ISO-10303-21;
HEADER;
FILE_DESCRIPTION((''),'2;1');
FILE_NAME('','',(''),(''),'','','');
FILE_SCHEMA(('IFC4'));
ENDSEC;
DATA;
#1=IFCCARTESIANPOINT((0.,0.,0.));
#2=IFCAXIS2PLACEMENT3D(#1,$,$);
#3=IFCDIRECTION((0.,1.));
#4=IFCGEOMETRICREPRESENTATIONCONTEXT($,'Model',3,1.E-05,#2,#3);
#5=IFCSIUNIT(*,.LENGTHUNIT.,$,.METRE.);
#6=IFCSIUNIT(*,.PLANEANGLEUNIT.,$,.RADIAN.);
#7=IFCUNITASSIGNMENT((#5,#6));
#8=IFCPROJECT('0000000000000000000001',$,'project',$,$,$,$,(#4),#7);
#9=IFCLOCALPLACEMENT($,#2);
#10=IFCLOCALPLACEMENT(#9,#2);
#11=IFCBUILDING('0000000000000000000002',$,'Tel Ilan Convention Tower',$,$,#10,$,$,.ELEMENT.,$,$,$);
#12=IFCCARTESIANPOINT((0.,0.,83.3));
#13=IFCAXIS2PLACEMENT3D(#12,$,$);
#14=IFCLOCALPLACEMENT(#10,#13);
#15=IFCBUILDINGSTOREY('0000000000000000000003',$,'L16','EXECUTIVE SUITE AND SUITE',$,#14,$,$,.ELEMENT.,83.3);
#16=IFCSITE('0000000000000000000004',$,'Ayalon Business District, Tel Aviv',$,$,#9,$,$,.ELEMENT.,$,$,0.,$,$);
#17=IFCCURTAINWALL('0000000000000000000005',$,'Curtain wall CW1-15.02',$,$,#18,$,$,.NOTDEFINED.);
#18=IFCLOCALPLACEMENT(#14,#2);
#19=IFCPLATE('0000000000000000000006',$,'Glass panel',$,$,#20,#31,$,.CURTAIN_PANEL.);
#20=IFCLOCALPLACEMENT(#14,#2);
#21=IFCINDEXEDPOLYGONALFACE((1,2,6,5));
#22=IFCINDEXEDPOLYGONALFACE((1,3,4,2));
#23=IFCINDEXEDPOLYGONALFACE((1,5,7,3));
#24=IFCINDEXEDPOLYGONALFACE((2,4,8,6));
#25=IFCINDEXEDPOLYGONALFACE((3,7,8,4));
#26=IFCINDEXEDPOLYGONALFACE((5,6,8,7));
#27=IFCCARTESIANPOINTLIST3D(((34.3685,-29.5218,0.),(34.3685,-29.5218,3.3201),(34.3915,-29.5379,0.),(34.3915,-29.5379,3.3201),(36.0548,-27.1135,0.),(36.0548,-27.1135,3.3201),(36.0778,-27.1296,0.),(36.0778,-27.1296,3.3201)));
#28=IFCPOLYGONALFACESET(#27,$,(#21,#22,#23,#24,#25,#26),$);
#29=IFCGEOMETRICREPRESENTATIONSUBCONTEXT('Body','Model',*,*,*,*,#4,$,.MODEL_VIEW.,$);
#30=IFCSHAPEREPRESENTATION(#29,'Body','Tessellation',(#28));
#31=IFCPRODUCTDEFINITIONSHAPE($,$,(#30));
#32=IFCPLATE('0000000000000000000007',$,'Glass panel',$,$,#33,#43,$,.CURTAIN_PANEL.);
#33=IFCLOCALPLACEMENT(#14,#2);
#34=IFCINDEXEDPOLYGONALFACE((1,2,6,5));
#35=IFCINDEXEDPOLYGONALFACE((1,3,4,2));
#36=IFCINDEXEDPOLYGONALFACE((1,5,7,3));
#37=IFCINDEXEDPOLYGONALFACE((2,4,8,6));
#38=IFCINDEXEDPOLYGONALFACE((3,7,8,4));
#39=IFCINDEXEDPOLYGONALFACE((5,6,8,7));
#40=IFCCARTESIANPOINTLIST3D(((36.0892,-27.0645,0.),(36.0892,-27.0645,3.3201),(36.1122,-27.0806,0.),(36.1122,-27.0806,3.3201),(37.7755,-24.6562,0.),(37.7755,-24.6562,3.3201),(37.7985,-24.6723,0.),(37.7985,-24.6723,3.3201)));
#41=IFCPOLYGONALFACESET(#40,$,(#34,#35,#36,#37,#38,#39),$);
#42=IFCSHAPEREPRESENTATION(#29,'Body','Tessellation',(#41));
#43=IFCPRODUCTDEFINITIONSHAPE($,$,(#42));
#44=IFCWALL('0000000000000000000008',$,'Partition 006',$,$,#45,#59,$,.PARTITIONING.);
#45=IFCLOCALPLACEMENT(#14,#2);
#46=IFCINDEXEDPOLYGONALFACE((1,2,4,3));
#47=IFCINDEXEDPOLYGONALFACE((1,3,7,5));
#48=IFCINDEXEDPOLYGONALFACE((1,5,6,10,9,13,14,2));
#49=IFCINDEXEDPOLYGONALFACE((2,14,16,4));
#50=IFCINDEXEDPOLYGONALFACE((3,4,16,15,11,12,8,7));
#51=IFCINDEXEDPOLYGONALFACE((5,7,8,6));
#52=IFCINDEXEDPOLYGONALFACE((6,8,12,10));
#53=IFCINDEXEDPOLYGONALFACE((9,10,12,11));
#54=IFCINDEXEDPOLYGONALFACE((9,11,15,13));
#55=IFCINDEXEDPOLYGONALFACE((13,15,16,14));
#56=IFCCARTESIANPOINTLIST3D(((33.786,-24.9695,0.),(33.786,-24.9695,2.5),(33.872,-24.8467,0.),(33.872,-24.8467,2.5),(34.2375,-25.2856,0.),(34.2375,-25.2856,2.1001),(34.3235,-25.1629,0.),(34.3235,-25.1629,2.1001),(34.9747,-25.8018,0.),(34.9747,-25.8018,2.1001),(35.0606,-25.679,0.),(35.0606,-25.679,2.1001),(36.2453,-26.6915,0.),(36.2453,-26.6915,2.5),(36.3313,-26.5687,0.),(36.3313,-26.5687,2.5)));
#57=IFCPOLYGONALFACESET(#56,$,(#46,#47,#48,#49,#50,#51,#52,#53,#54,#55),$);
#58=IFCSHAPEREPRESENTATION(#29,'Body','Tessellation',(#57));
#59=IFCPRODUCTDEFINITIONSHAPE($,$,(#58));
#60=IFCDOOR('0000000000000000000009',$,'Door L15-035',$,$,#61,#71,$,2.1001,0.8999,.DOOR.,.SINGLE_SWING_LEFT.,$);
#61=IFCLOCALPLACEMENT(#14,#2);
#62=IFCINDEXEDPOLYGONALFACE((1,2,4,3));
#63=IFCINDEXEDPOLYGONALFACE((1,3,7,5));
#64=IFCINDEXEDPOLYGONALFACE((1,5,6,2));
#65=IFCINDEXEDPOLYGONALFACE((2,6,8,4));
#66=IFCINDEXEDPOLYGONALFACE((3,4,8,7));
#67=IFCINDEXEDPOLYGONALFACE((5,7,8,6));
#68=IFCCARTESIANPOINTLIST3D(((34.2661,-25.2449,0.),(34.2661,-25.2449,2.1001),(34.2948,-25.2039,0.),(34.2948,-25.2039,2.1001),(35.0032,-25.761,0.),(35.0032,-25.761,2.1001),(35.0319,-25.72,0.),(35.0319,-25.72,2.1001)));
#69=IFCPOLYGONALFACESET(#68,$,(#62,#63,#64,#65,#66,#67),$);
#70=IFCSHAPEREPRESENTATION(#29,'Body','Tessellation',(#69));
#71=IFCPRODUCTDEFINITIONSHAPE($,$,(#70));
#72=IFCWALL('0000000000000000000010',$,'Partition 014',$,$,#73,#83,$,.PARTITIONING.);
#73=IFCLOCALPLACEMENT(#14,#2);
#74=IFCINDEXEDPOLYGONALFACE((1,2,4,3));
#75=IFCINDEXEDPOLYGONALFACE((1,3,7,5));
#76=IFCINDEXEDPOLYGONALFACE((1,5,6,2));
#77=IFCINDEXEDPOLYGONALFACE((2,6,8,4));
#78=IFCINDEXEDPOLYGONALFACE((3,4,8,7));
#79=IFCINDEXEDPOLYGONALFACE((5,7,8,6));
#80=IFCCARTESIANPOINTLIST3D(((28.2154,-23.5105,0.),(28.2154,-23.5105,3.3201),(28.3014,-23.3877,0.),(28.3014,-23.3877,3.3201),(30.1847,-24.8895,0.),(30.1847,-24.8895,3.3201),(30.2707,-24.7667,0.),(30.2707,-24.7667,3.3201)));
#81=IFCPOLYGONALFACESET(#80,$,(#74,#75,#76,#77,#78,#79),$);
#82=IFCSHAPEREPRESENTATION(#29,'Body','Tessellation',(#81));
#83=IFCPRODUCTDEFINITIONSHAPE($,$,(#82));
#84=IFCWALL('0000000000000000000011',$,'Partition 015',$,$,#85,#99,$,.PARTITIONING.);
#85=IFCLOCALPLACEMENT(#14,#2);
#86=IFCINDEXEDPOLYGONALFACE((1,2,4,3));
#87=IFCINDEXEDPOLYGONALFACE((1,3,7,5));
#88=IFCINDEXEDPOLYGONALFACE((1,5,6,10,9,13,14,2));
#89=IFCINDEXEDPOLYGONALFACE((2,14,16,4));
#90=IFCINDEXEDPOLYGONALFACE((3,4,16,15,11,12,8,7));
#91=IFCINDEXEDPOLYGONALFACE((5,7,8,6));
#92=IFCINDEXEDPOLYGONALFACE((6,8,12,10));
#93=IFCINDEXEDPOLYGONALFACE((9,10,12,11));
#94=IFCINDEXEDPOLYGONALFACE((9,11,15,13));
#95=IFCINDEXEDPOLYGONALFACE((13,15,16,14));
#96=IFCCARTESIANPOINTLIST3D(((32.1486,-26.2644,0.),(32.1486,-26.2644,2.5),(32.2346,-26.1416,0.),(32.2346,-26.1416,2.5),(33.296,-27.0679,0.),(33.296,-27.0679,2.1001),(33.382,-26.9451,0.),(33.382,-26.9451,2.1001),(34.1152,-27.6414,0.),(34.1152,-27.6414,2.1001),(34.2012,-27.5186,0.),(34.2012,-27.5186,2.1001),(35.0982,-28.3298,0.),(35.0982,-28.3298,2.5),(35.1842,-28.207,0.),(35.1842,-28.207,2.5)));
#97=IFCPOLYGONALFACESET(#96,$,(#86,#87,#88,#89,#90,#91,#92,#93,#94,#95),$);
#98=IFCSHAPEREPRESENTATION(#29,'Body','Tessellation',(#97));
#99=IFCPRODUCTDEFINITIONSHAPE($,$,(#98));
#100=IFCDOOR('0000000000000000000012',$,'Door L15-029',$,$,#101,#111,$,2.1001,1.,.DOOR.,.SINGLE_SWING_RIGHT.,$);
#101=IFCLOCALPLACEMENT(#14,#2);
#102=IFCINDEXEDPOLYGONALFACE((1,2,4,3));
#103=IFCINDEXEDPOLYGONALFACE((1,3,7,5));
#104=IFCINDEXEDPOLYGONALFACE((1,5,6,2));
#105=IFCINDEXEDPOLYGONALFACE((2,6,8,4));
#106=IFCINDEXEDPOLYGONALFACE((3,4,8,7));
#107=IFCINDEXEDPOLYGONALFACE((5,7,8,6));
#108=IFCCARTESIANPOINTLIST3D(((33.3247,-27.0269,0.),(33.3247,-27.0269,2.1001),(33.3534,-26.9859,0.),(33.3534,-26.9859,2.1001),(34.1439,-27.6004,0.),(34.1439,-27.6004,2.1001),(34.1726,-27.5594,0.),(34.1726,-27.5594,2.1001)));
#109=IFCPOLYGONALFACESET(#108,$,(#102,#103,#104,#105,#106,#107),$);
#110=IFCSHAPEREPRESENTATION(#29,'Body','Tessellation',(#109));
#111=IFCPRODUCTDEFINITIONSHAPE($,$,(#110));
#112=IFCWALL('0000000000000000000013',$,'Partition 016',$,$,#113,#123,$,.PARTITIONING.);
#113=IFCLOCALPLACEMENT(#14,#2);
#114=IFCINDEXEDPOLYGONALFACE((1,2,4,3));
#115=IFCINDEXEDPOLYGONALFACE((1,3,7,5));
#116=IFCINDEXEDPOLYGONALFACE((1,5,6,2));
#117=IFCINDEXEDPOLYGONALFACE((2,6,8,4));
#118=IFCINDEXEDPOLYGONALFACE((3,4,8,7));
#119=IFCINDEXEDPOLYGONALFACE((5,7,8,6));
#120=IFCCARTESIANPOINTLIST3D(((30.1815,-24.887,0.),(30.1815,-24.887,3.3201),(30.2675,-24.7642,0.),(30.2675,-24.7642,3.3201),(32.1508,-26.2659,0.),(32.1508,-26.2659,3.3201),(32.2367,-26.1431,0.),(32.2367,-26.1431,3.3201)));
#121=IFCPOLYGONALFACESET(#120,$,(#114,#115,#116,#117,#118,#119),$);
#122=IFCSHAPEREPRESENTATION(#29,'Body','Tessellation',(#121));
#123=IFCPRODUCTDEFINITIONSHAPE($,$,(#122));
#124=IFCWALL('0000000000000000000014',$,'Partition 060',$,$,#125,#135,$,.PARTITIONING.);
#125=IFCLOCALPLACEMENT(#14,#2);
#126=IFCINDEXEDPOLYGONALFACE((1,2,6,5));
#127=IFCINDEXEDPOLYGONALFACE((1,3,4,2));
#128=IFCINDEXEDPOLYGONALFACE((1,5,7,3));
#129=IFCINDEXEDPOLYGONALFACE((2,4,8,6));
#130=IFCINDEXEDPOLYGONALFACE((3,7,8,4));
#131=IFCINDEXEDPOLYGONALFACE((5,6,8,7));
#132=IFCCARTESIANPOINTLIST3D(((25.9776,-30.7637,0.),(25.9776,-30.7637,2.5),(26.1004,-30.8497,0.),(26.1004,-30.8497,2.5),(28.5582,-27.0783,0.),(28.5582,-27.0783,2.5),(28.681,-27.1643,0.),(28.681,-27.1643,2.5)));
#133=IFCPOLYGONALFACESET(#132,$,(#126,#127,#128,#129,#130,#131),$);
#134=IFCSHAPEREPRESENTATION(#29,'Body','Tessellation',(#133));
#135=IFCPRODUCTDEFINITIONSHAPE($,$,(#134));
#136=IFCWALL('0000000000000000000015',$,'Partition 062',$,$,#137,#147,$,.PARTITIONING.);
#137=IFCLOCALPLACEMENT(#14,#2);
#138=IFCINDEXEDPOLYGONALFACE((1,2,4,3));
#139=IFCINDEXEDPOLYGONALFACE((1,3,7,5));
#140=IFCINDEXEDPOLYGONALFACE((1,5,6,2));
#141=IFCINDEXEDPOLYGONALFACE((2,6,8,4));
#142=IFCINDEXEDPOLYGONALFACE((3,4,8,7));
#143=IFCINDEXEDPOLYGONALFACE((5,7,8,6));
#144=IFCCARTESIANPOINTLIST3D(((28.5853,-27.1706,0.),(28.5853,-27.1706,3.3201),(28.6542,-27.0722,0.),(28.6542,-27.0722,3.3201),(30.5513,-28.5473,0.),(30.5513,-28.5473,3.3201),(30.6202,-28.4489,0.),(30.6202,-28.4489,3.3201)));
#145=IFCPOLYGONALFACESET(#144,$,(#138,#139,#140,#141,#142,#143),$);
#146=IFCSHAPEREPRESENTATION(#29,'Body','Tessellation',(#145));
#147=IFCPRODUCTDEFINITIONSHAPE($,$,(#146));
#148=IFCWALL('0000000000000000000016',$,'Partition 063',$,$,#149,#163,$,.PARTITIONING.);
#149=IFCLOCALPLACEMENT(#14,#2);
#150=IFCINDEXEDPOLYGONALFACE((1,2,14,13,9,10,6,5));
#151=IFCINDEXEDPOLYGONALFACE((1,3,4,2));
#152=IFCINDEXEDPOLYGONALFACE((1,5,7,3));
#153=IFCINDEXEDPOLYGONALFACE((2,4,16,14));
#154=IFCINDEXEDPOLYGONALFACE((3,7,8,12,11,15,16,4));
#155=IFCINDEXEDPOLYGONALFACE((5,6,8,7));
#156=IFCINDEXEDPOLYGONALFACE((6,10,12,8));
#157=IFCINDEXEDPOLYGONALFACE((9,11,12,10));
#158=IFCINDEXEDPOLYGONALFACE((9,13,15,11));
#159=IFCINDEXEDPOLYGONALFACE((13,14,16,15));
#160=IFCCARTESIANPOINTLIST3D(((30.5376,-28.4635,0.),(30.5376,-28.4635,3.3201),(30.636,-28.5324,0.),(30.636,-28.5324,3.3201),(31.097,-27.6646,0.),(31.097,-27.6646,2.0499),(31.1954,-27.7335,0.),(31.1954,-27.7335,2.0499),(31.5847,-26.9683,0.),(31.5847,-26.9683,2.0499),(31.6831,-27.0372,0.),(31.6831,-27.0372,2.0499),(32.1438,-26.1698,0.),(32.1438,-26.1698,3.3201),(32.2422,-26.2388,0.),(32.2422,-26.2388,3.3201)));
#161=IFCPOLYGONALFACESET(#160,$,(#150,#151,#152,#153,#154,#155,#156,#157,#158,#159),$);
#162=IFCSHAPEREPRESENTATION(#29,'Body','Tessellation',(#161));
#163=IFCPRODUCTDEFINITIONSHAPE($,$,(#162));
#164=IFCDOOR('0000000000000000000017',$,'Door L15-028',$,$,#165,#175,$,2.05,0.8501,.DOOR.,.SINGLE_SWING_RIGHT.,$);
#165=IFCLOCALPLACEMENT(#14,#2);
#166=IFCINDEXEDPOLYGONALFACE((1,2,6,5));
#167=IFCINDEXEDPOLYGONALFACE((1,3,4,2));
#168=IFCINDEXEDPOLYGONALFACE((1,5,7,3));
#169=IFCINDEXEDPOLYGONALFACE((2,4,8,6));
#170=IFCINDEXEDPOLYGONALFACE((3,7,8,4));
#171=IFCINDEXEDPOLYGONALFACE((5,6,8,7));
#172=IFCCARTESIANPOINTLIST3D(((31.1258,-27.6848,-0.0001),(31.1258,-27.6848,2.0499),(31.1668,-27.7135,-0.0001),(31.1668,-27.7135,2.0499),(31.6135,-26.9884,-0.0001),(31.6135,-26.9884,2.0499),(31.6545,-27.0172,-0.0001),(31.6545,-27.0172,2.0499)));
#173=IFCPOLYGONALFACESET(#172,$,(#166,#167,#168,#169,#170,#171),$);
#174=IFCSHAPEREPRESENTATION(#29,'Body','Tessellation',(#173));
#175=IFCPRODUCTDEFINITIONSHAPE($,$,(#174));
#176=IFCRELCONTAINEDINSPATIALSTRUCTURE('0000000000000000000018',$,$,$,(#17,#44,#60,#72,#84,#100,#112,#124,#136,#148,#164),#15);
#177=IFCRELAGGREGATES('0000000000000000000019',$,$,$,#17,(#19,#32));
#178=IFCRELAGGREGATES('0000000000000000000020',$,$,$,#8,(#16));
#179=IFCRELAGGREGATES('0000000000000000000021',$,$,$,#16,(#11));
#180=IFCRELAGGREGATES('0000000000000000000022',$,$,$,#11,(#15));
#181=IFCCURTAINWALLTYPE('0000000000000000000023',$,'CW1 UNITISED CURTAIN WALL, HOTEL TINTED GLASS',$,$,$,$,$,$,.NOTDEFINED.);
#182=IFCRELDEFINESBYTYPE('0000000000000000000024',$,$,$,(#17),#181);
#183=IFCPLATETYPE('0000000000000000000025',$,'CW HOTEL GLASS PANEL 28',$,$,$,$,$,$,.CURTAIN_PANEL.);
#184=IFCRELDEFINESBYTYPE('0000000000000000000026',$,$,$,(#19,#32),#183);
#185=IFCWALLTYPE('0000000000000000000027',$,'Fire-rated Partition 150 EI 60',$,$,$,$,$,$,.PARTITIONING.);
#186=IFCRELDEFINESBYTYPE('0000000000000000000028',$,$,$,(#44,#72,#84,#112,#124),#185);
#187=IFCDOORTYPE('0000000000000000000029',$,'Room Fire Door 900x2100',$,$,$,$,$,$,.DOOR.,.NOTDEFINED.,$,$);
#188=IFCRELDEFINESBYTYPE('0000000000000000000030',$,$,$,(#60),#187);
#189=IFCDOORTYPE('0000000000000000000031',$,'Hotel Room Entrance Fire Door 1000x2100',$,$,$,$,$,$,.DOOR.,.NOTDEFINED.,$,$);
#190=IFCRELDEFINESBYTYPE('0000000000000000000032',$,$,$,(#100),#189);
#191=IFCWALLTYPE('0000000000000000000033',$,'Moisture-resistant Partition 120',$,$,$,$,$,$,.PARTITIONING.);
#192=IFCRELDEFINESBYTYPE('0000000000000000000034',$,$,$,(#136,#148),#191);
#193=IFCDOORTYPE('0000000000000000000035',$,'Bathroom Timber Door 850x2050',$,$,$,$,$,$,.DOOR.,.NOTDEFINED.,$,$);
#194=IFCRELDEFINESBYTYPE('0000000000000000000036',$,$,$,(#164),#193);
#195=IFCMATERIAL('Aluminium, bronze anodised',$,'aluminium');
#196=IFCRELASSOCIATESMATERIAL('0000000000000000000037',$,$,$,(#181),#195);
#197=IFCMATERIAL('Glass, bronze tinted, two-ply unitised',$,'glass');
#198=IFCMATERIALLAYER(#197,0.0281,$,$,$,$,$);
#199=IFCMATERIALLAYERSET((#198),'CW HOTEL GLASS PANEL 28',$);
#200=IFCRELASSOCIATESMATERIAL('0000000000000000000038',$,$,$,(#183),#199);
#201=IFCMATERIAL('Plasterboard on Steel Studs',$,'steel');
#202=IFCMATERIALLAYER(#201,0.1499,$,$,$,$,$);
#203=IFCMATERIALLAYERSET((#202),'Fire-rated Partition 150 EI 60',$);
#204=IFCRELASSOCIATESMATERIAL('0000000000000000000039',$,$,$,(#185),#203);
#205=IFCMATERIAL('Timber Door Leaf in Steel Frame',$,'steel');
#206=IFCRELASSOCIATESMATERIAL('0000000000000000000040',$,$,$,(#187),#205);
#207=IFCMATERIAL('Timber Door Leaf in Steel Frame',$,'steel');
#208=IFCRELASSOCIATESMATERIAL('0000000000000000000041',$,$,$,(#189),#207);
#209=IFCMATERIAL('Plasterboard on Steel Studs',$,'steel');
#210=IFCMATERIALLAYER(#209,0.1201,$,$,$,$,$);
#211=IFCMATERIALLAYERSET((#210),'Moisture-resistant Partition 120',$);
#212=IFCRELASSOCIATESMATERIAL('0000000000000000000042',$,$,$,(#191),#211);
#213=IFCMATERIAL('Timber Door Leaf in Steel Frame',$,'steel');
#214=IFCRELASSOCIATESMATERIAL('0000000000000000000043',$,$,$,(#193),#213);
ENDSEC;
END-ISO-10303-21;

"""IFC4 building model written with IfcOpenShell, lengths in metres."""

from ifc_helpers import new_model, si_unit, direction, frame, frame_2d, origin, origin_2d, place, context, subcontext, project, spatial, rectangle, extrude, material, layer, layer_set, type_object, element, fill, aggregate, save


model = new_model("IFC4")

# Units and contexts
model_context = context("Model", 3, precision=1e-05, world=origin(), true_north=direction((0.0, 1.0)))
body_context = subcontext(model_context, "Body", "Model", "MODEL_VIEW")
ifc_project = project(units=[si_unit("LENGTHUNIT", "METRE"), si_unit("PLANEANGLEUNIT", "RADIAN")], contexts=[model_context])

# Site, building, storey
site_placement = place(None, origin())
site = spatial("IfcSite", under=ifc_project, at=site_placement, Name="Ayalon Business District, Tel Aviv", CompositionType="ELEMENT", RefElevation=0.0)
building_placement = place(site_placement, origin())
building = spatial("IfcBuilding", under=site, at=building_placement, Name="Tel Ilan Convention Tower", CompositionType="ELEMENT")
storey_placement = place(building_placement, frame((0.0, 0.0, 83.3)))
storey = spatial("IfcBuildingStorey", under=building, at=storey_placement, Name="L16", Description="EXECUTIVE SUITE AND SUITE", CompositionType="ELEMENT", Elevation=83.3)

# Curtain wall, plates
ifc_material_1 = material(Name="Aluminium, bronze anodised", Category="aluminium")
curtain_wall_type = type_object("IfcCurtainWallType", Name="CW1 UNITISED CURTAIN WALL, HOTEL TINTED GLASS", PredefinedType="NOTDEFINED", material=ifc_material_1)
curtain_wall_placement = place(storey_placement, origin())
curtain_wall = element("IfcCurtainWall", 1, at=curtain_wall_placement, inside=storey, type_object=curtain_wall_type, Name="Curtain wall CW1-15.02", PredefinedType="NOTDEFINED")
ifc_material_2 = material(Name="Glass, bronze tinted, two-ply unitised", Category="glass")
ifc_layer_1 = layer(ifc_material_2, 0.0281)
ifc_layer_set_1 = layer_set([ifc_layer_1], Name="CW HOTEL GLASS PANEL 28")
plate_type = type_object("IfcPlateType", Name="CW HOTEL GLASS PANEL 28", PredefinedType="CURTAIN_PANEL", material=ifc_layer_set_1)
plate_1_placement = place(storey_placement, frame((35.2231, -28.3257, 0.0), z_axis=(0.0, 0.0, 1.0), x_axis=(0.573576, 0.819152, 0.0)))
plate_1 = element("IfcPlate", 2, at=plate_1_placement, type_object=plate_type, Name="Glass panel", PredefinedType="CURTAIN_PANEL", context=body_context, shape_type="SweptSolid", body=[
    extrude(rectangle(XDim=2.9399, YDim=0.0281, at=origin_2d()), origin(), (0.0, 0.0, 1.0), 3.3201),
])
plate_2_placement = place(storey_placement, frame((36.9438, -25.8684, 0.0), z_axis=(0.0, 0.0, 1.0), x_axis=(0.573576, 0.819152, 0.0)))
plate_2 = element("IfcPlate", 3, at=plate_2_placement, type_object=plate_type, Name="Glass panel", PredefinedType="CURTAIN_PANEL", context=body_context, shape_type="SweptSolid", body=[
    extrude(rectangle(XDim=2.9399, YDim=0.0281, at=origin_2d()), origin(), (0.0, 0.0, 1.0), 3.3201),
])
aggregate(curtain_wall, [plate_1, plate_2])

# Wall, opening, door
ifc_material_3 = material(Name="Plasterboard on Steel Studs", Category="steel")
ifc_layer_2 = layer(ifc_material_3, 0.1499)
ifc_layer_set_2 = layer_set([ifc_layer_2], Name="Fire-rated Partition 150 EI 60")
wall_type_1 = type_object("IfcWallType", Name="Fire-rated Partition 150 EI 60", PredefinedType="PARTITIONING", material=ifc_layer_set_2)
wall_1_placement = place(storey_placement, frame((33.8291, -24.9082, 0.0), z_axis=(0.0, 0.0, 1.0), x_axis=(0.819159, -0.573566, 0.0)))
wall_1 = element("IfcWall", 4, at=wall_1_placement, inside=storey, type_object=wall_type_1, Name="Partition 006", PredefinedType="PARTITIONING", context=body_context, shape_type="SweptSolid", body=[
    extrude(rectangle(XDim=3.0022, YDim=0.1499, at=frame_2d((1.501, 0.0))), origin(), (0.0, 0.0, 1.0), 2.5),
])
opening_1_placement = place(wall_1_placement, frame((0.551, 0.0, 0.0)))
opening_1 = element("IfcOpeningElement", 5, at=opening_1_placement, cuts=wall_1, PredefinedType="OPENING", context=body_context, shape_type="SweptSolid", body=[
    extrude(rectangle(XDim=0.8999, YDim=2.1001, at=frame_2d((0.45, 1.05))), frame((0.0, 0.085, 0.0), z_axis=(0.0, -1.0, 0.0), x_axis=(1.0, 0.0, 0.0)), (0.0, 0.0, 1.0), 0.1699),
])
ifc_material_4 = material(Name="Timber Door Leaf in Steel Frame", Category="steel")
door_type_1 = type_object("IfcDoorType", Name="Room Fire Door 900x2100", OperationType="NOTDEFINED", PredefinedType="DOOR", material=ifc_material_4)
door_1_placement = place(opening_1_placement, origin())
door_1 = element("IfcDoor", 6, at=door_1_placement, inside=storey, type_object=door_type_1, Name="Door L15-035", OperationType="SINGLE_SWING_LEFT", OverallHeight=2.1001, OverallWidth=0.8999, PredefinedType="DOOR", context=body_context, shape_type="SweptSolid", body=[
    extrude(rectangle(XDim=0.8999, YDim=2.1001, at=frame_2d((0.45, 1.05))), frame((0.0, 0.0249, 0.0), z_axis=(0.0, -1.0, 0.0), x_axis=(1.0, 0.0, 0.0)), (0.0, 0.0, 1.0), 0.05),
])
fill(opening_1, door_1)

# Wall
wall_2_placement = place(storey_placement, frame((30.2278, -24.8281, 0.0), z_axis=(0.0, 0.0, 1.0), x_axis=(-0.819146, 0.573585, 0.0)))
element("IfcWall", 7, at=wall_2_placement, inside=storey, type_object=wall_type_1, Name="Partition 014", PredefinedType="PARTITIONING", context=body_context, shape_type="SweptSolid", body=[
    extrude(rectangle(XDim=2.4041, YDim=0.1499, at=frame_2d((1.2021, 0.0))), origin(), (0.0, 0.0, 1.0), 3.3201),
])

# Wall, opening, door
wall_3_placement = place(storey_placement, frame((35.1411, -28.2683, 0.0), z_axis=(0.0, 0.0, 1.0), x_axis=(-0.819149, 0.573581, 0.0)))
wall_3 = element("IfcWall", 8, at=wall_3_placement, inside=storey, type_object=wall_type_1, Name="Partition 015", PredefinedType="PARTITIONING", context=body_context, shape_type="SweptSolid", body=[
    extrude(rectangle(XDim=3.6008, YDim=0.1499, at=frame_2d((1.8003, 0.0))), origin(), (0.0, 0.0, 1.0), 2.5),
])
opening_2_placement = place(wall_3_placement, frame((1.2, 0.0, 0.0)))
opening_2 = element("IfcOpeningElement", 9, at=opening_2_placement, cuts=wall_3, PredefinedType="OPENING", context=body_context, shape_type="SweptSolid", body=[
    extrude(rectangle(XDim=1.0, YDim=2.1001, at=frame_2d((0.5, 1.05))), frame((0.0, 0.085, 0.0), z_axis=(0.0, -1.0, 0.0), x_axis=(1.0, 0.0, 0.0)), (0.0, 0.0, 1.0), 0.1699),
])
ifc_material_5 = material(Name="Timber Door Leaf in Steel Frame", Category="steel")
door_type_2 = type_object("IfcDoorType", Name="Hotel Room Entrance Fire Door 1000x2100", OperationType="NOTDEFINED", PredefinedType="DOOR", material=ifc_material_5)
door_2_placement = place(opening_2_placement, origin())
door_2 = element("IfcDoor", 10, at=door_2_placement, inside=storey, type_object=door_type_2, Name="Door L15-029", OperationType="SINGLE_SWING_RIGHT", OverallHeight=2.1001, OverallWidth=1.0, PredefinedType="DOOR", context=body_context, shape_type="SweptSolid", body=[
    extrude(rectangle(XDim=1.0, YDim=2.1001, at=frame_2d((0.5, 1.05))), frame((0.0, 0.0249, 0.0), z_axis=(0.0, -1.0, 0.0), x_axis=(1.0, 0.0, 0.0)), (0.0, 0.0, 1.0), 0.05),
])
fill(opening_2, door_2)

# Walls
wall_4_placement = place(storey_placement, frame((32.1938, -26.2046, 0.0), z_axis=(0.0, 0.0, 1.0), x_axis=(-0.819146, 0.573585, 0.0)))
element("IfcWall", 11, at=wall_4_placement, inside=storey, type_object=wall_type_1, Name="Partition 016", PredefinedType="PARTITIONING", context=body_context, shape_type="SweptSolid", body=[
    extrude(rectangle(XDim=2.4041, YDim=0.1499, at=frame_2d((1.2021, 0.0))), origin(), (0.0, 0.0, 1.0), 3.3201),
])
wall_5_placement = place(storey_placement, frame((28.6196, -27.1213, 0.0), z_axis=(0.0, 0.0, 1.0), x_axis=(-0.57359, -0.819143, 0.0)))
element("IfcWall", 12, at=wall_5_placement, inside=storey, type_object=wall_type_1, Name="Partition 060", PredefinedType="PARTITIONING", context=body_context, shape_type="SweptSolid", body=[
    extrude(rectangle(XDim=4.499, YDim=0.1499, at=frame_2d((2.2495, 0.0))), origin(), (0.0, 0.0, 1.0), 2.5),
])
ifc_material_6 = material(Name="Plasterboard on Steel Studs", Category="steel")
ifc_layer_3 = layer(ifc_material_6, 0.1201)
ifc_layer_set_3 = layer_set([ifc_layer_3], Name="Moisture-resistant Partition 120")
wall_type_2 = type_object("IfcWallType", Name="Moisture-resistant Partition 120", PredefinedType="PARTITIONING", material=ifc_layer_set_3)
wall_6_placement = place(storey_placement, frame((28.6196, -27.1213, 0.0), z_axis=(0.0, 0.0, 1.0), x_axis=(0.819141, -0.573592, 0.0)))
element("IfcWall", 13, at=wall_6_placement, inside=storey, type_object=wall_type_2, Name="Partition 062", PredefinedType="PARTITIONING", context=body_context, shape_type="SweptSolid", body=[
    extrude(rectangle(XDim=2.4001, YDim=0.1201, at=frame_2d((1.2002, 0.0))), origin(), (0.0, 0.0, 1.0), 3.3201),
])

# Wall, opening, door
wall_7_placement = place(storey_placement, frame((30.5869, -28.4978, 0.0), z_axis=(0.0, 0.0, 1.0), x_axis=(0.573609, 0.81913, 0.0)))
wall_7 = element("IfcWall", 14, at=wall_7_placement, inside=storey, type_object=wall_type_2, Name="Partition 063", PredefinedType="PARTITIONING", context=body_context, shape_type="SweptSolid", body=[
    extrude(rectangle(XDim=2.8, YDim=0.1201, at=frame_2d((1.3999, 0.0))), origin(), (0.0, 0.0, 1.0), 3.3201),
])
opening_3_placement = place(wall_7_placement, frame((0.9751, 0.0, 0.0)))
opening_3 = element("IfcOpeningElement", 15, at=opening_3_placement, cuts=wall_7, PredefinedType="OPENING", context=body_context, shape_type="SweptSolid", body=[
    extrude(rectangle(XDim=0.8501, YDim=2.05, at=frame_2d((0.425, 1.0249))), frame((0.0, 0.0701, 0.0), z_axis=(0.0, -1.0, 0.0), x_axis=(1.0, 0.0, 0.0)), (0.0, 0.0, 1.0), 0.1401),
])
ifc_material_7 = material(Name="Timber Door Leaf in Steel Frame", Category="steel")
door_type_3 = type_object("IfcDoorType", Name="Bathroom Timber Door 850x2050", OperationType="NOTDEFINED", PredefinedType="DOOR", material=ifc_material_7)
door_3_placement = place(opening_3_placement, origin())
door_3 = element("IfcDoor", 16, at=door_3_placement, inside=storey, type_object=door_type_3, Name="Door L15-028", OperationType="SINGLE_SWING_RIGHT", OverallHeight=2.05, OverallWidth=0.8501, PredefinedType="DOOR", context=body_context, shape_type="SweptSolid", body=[
    extrude(rectangle(XDim=0.8501, YDim=2.05, at=frame_2d((0.425, 1.0249))), frame((0.0, 0.0249, 0.0), z_axis=(0.0, -1.0, 0.0), x_axis=(1.0, 0.0, 0.0)), (0.0, 0.0, 1.0), 0.05),
])
fill(opening_3, door_3)

save(model, "model.ifc")
